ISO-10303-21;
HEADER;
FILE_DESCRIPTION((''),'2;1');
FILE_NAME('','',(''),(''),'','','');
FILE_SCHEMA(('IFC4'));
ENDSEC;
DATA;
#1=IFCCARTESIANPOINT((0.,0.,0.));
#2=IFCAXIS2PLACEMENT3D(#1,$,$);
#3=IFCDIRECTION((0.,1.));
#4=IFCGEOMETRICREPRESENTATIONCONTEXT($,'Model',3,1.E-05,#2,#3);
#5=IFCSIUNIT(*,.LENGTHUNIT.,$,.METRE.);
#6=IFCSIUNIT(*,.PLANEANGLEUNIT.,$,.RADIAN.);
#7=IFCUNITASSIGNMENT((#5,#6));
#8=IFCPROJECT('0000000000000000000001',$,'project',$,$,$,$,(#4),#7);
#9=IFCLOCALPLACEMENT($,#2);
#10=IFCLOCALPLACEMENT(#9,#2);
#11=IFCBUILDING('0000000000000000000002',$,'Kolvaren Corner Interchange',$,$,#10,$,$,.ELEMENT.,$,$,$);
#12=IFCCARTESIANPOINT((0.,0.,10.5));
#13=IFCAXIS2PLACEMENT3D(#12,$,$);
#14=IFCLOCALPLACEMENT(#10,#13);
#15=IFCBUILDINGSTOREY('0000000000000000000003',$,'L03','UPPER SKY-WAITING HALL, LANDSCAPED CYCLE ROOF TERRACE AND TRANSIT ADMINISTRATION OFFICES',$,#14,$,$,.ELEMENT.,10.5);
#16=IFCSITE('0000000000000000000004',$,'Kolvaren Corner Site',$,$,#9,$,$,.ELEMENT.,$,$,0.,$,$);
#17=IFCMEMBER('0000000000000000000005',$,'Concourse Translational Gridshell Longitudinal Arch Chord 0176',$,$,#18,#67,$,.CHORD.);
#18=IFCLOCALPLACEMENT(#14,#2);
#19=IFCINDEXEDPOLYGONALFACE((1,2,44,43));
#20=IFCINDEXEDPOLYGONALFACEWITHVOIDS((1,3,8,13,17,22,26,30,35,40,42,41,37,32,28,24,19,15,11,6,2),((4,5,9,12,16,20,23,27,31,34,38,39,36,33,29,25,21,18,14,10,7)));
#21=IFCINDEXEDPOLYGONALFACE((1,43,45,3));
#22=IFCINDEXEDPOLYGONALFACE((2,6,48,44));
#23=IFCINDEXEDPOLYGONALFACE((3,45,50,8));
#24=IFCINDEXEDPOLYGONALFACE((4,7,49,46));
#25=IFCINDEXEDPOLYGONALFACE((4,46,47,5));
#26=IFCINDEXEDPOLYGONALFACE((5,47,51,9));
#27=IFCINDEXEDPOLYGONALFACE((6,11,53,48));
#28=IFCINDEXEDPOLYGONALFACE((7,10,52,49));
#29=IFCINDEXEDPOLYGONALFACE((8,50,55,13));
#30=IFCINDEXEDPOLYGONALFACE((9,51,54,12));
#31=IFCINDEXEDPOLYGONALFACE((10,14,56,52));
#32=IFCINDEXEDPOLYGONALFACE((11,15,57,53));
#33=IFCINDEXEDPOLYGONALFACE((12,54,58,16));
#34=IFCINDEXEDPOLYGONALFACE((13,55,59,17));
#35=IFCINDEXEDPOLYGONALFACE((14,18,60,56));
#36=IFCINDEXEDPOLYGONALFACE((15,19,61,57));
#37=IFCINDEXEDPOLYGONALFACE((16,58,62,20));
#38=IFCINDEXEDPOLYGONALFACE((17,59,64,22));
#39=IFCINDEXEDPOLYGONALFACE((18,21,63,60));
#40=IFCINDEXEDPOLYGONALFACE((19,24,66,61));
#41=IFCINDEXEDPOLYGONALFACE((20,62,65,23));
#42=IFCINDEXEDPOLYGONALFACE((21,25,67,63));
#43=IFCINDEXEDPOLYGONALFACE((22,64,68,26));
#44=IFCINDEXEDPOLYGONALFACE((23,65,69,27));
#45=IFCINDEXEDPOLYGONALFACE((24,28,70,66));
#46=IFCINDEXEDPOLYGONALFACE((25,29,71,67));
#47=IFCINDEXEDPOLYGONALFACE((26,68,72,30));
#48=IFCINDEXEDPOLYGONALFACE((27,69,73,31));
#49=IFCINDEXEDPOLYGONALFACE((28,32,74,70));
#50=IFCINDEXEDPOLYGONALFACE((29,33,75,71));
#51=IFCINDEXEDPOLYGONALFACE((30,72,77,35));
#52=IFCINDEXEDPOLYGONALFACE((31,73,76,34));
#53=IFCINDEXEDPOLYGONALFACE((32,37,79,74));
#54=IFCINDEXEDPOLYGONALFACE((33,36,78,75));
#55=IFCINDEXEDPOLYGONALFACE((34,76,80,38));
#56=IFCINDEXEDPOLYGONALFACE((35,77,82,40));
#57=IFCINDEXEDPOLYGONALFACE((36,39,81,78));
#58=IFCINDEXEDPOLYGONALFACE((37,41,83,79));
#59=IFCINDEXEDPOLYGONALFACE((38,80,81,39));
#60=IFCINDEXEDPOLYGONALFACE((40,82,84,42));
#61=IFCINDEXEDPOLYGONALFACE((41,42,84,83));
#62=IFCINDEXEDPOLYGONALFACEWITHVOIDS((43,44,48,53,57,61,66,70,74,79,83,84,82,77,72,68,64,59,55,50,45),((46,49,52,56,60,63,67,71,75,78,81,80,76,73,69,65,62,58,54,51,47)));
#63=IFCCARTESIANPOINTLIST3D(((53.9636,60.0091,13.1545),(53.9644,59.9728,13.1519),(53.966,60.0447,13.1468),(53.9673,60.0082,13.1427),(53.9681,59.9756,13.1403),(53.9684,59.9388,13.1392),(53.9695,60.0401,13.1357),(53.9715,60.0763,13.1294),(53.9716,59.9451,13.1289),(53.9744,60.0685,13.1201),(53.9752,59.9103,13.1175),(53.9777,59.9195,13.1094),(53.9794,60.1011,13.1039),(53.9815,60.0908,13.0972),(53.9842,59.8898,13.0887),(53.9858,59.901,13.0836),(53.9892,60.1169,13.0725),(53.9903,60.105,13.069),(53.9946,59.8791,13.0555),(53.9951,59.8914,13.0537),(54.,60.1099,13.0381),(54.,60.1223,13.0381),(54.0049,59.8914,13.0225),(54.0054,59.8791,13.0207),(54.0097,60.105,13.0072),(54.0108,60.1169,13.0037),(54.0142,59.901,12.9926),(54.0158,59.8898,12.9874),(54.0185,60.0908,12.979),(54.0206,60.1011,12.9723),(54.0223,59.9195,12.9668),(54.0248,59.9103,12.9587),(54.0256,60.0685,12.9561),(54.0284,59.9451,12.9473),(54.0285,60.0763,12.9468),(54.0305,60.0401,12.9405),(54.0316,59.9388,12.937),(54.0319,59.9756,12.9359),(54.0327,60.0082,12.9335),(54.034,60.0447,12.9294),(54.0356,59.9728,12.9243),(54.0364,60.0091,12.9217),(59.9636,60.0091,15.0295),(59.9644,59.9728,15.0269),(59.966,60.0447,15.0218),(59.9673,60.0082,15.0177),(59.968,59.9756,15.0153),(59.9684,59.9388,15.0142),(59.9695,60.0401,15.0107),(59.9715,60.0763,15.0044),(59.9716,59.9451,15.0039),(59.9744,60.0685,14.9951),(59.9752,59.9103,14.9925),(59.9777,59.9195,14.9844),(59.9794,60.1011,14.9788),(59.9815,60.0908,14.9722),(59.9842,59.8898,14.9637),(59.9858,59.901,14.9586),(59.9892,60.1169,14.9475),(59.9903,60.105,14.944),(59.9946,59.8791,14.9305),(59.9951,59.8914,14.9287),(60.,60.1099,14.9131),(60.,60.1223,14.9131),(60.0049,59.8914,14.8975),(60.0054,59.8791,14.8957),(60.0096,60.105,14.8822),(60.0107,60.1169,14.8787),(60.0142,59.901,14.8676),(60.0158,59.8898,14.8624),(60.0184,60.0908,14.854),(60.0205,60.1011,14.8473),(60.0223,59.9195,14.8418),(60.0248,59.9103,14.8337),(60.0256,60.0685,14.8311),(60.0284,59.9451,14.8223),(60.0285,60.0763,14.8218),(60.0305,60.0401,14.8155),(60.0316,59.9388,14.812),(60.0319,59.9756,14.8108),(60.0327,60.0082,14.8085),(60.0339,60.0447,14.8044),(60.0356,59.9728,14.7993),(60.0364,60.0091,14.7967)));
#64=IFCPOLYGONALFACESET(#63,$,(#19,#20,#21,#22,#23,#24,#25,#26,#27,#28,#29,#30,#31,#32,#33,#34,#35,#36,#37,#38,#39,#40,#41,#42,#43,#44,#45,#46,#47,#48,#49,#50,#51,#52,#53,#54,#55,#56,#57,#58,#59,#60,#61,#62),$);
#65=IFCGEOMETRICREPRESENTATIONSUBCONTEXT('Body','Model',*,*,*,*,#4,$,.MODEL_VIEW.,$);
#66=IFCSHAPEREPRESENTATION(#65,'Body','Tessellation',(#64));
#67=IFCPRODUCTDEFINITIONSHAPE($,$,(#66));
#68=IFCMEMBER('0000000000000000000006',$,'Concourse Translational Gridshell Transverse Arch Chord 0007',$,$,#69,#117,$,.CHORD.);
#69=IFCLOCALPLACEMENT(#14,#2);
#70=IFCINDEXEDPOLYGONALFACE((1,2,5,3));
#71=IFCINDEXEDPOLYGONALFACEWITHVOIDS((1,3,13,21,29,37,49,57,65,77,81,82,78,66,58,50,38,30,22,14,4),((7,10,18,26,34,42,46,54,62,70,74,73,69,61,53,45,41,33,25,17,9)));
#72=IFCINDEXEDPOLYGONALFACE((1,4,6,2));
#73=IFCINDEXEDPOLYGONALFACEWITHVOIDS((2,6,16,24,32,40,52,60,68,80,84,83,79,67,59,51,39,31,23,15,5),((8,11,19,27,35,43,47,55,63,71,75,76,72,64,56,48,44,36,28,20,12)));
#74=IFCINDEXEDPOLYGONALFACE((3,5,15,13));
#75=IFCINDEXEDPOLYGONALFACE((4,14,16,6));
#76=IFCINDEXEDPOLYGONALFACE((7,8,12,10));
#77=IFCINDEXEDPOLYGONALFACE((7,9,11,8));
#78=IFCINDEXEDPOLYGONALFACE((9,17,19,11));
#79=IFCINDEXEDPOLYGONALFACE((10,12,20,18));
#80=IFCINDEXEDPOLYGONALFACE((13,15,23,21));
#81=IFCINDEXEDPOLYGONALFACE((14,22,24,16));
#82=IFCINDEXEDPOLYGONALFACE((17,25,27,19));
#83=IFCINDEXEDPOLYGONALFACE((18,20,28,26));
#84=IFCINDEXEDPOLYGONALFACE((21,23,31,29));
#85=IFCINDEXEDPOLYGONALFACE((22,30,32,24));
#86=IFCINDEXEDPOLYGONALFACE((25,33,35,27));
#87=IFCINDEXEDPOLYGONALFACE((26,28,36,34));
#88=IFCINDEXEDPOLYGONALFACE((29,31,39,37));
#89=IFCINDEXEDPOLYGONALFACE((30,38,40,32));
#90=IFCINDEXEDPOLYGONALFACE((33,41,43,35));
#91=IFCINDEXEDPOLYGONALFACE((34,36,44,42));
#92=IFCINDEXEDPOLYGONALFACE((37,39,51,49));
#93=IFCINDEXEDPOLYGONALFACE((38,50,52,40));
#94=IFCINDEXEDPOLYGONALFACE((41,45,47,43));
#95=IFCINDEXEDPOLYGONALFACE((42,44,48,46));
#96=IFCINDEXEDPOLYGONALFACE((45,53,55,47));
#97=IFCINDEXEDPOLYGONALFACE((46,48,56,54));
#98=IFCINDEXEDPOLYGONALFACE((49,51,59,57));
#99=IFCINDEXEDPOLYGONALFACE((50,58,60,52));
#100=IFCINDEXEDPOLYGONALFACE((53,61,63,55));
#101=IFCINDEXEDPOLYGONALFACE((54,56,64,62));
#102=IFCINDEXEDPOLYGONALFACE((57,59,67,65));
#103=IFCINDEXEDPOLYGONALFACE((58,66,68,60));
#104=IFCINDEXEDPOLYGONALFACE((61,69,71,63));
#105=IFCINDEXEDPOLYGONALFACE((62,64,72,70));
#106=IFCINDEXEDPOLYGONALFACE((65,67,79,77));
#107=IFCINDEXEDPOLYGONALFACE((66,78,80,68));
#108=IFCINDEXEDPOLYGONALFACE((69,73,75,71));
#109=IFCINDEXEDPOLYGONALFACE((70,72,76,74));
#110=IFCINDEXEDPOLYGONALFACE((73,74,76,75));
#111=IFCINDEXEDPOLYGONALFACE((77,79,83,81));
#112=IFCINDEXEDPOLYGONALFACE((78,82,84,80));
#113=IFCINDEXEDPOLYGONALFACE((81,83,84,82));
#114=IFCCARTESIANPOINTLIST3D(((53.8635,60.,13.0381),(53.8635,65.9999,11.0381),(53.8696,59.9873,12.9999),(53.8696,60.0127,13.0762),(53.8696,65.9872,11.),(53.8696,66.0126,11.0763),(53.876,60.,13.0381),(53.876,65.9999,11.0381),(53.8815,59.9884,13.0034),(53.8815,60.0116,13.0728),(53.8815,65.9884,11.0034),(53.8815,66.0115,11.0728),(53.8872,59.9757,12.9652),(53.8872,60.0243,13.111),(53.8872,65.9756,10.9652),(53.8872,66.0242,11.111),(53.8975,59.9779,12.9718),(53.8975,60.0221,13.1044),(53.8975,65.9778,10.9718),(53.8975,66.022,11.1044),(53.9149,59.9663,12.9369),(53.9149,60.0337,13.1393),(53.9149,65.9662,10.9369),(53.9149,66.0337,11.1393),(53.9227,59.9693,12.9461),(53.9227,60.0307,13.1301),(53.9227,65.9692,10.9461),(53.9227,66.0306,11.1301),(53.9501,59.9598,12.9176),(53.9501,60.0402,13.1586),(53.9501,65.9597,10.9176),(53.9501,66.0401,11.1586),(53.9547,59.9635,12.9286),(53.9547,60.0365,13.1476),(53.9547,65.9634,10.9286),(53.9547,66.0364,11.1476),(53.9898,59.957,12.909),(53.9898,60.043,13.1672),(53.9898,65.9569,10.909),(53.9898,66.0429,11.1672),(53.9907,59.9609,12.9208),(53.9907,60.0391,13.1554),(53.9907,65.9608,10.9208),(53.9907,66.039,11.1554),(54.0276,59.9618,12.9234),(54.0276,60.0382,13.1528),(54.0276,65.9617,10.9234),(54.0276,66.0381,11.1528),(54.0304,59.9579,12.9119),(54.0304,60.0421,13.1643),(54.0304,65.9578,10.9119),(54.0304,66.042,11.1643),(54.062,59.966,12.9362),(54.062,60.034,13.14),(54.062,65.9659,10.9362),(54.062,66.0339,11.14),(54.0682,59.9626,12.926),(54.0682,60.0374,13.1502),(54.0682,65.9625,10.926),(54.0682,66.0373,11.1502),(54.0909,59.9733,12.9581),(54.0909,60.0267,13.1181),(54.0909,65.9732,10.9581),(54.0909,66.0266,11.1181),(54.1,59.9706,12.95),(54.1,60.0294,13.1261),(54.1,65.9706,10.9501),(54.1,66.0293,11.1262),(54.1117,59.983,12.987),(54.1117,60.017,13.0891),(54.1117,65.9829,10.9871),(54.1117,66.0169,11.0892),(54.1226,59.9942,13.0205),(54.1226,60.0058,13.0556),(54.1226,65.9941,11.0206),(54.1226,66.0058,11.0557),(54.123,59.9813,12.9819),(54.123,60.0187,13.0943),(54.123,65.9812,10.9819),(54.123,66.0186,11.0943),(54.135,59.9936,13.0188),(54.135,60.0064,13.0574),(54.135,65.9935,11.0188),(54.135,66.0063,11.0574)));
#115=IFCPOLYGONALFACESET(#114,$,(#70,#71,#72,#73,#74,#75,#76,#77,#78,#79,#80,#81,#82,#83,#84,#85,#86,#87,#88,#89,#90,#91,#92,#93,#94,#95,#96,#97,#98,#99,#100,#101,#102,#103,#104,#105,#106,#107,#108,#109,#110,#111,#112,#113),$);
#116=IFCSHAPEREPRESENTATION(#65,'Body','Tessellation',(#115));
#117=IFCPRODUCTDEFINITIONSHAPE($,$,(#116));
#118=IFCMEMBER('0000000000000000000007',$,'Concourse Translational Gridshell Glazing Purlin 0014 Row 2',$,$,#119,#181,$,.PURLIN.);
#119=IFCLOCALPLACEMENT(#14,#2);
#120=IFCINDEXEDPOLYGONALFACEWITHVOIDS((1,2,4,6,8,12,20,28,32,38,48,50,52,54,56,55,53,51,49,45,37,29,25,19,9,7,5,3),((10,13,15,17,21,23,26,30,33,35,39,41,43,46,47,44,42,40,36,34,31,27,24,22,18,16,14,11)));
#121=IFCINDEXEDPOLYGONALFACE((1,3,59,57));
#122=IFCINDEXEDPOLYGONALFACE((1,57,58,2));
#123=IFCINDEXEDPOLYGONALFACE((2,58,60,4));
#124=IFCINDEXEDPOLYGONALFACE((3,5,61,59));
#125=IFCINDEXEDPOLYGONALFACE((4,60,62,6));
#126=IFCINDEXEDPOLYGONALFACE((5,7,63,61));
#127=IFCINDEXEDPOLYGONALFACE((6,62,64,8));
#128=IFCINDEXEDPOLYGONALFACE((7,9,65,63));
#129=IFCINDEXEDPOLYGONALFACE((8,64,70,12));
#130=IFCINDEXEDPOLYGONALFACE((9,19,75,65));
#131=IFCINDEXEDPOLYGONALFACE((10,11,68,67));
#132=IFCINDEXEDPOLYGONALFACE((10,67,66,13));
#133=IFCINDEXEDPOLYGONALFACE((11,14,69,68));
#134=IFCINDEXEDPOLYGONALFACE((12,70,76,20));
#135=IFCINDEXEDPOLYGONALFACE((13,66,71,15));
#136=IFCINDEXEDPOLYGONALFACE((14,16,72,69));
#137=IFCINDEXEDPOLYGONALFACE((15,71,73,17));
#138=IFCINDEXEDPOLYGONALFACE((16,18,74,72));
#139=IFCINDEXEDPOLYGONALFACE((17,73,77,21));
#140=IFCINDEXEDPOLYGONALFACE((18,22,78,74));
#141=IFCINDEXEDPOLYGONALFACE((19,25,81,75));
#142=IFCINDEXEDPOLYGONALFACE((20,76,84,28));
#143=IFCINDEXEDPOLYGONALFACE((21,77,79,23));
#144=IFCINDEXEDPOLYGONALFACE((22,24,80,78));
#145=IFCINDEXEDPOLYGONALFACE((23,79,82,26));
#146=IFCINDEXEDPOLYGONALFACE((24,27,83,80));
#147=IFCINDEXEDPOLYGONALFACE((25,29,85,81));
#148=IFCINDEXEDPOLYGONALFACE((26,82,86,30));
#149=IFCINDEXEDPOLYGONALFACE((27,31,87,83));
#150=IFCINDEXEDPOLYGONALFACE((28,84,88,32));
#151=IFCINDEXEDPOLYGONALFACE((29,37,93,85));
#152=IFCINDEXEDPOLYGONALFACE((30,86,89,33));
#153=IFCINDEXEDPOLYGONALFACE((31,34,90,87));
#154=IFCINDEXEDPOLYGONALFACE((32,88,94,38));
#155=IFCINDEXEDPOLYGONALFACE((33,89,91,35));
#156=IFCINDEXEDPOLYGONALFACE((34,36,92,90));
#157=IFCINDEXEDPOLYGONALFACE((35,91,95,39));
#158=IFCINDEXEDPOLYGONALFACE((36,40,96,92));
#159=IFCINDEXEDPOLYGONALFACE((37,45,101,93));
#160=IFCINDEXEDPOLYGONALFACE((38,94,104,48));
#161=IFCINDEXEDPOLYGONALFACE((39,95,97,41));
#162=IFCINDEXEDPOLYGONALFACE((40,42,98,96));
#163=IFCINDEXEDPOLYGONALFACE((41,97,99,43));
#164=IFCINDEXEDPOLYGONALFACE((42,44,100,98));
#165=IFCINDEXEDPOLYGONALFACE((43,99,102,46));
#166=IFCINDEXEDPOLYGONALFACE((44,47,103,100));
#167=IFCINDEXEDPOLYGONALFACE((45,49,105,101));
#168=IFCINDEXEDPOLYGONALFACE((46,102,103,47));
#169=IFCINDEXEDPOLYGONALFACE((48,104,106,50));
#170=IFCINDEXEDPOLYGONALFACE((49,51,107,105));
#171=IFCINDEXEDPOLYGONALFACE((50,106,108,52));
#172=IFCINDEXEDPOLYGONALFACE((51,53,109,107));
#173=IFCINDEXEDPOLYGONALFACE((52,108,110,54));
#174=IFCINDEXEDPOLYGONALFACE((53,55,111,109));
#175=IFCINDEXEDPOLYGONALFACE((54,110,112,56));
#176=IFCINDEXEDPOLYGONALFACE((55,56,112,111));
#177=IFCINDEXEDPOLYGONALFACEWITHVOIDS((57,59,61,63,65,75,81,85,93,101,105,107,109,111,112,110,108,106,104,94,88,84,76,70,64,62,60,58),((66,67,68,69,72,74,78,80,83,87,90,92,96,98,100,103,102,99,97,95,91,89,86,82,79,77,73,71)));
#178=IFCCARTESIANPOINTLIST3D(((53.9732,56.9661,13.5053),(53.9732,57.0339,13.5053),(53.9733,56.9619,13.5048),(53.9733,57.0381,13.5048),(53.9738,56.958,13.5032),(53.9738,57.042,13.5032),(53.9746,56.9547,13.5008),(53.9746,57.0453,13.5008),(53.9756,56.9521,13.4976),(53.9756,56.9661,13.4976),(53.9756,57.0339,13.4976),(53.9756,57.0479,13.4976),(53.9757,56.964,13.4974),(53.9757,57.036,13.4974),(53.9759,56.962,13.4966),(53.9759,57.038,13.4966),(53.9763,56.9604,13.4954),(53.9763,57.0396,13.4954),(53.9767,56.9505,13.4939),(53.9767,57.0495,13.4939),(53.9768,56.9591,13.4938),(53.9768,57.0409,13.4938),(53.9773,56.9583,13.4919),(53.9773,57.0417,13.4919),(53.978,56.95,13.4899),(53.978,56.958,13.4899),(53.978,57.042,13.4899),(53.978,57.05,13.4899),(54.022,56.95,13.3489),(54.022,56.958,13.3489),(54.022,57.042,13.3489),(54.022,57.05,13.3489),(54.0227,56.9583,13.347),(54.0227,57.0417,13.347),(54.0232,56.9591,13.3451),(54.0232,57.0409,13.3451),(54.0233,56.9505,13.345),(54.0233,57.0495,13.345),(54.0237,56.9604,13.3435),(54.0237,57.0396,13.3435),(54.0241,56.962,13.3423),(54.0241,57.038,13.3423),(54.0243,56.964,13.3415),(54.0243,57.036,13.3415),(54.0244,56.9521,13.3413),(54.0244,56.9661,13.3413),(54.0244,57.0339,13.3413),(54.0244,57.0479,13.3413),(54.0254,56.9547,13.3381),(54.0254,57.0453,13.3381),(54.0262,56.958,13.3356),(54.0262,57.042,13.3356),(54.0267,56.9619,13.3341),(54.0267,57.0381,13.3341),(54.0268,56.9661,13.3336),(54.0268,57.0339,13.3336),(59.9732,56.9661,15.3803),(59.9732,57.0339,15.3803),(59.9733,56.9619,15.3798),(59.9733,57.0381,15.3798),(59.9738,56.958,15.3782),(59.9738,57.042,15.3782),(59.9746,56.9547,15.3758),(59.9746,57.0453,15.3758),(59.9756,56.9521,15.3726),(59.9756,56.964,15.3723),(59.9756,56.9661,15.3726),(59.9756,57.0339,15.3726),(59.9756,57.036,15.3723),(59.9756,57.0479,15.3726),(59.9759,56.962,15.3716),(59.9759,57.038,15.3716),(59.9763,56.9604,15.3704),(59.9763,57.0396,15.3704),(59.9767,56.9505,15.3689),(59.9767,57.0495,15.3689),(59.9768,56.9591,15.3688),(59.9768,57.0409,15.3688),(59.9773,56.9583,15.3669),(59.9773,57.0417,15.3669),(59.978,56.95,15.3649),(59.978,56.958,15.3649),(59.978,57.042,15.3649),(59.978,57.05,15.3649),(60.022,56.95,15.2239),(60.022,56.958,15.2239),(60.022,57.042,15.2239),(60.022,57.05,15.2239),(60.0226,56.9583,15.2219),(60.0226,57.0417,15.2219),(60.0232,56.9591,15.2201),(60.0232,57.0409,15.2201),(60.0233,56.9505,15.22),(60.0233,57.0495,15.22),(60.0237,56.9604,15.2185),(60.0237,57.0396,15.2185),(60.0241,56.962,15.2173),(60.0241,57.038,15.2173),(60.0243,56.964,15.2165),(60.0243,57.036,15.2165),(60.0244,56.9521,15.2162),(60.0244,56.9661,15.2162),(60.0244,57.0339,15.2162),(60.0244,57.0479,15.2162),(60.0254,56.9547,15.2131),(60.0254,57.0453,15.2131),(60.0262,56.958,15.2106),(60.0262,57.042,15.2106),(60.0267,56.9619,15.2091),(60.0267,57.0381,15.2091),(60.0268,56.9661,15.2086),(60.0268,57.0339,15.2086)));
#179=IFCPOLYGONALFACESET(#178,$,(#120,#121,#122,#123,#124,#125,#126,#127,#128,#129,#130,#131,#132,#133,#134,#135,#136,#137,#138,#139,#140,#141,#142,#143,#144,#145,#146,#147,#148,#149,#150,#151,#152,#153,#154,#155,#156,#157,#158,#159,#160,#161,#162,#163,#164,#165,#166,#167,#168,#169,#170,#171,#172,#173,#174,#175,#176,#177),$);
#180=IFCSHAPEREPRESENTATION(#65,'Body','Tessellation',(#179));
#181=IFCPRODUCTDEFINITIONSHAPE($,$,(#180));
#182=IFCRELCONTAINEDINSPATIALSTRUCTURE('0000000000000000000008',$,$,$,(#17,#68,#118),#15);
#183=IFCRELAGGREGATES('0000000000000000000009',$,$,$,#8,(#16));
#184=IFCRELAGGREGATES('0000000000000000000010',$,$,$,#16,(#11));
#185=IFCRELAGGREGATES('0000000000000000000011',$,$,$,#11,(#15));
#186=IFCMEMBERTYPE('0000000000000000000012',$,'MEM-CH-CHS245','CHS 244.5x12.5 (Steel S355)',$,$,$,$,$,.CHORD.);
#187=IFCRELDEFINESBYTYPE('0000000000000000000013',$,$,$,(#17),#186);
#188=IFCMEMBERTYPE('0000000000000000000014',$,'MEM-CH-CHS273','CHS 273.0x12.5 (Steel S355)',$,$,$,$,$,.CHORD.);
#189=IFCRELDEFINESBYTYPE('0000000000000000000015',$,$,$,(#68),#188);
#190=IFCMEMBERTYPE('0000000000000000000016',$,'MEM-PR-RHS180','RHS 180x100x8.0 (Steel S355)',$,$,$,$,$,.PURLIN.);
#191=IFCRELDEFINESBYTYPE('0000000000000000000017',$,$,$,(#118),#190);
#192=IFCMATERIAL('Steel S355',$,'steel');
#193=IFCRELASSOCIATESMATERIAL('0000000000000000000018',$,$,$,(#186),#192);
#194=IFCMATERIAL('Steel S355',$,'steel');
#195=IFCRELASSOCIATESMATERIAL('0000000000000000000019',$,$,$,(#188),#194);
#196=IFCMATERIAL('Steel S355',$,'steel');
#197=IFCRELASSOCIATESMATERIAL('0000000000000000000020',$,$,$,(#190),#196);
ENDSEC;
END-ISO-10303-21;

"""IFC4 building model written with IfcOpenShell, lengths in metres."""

from ifc_helpers import new_model, si_unit, direction, frame, origin, origin_2d, place, context, subcontext, project, spatial, hollow_rectangle, hollow_circle, extrude, material, material_profile, profile_set, type_object, element, save


model = new_model("IFC4")

# Units and contexts
model_context = context("Model", 3, precision=1e-05, world=origin(), true_north=direction((0.0, 1.0)))
body_context = subcontext(model_context, "Body", "Model", "MODEL_VIEW")
ifc_project = project(units=[si_unit("LENGTHUNIT", "METRE"), si_unit("PLANEANGLEUNIT", "RADIAN")], contexts=[model_context])

# Site, building, storey
site_placement = place(None, origin())
site = spatial("IfcSite", under=ifc_project, at=site_placement, Name="Kolvaren Corner Site", CompositionType="ELEMENT", RefElevation=0.0)
building_placement = place(site_placement, origin())
building = spatial("IfcBuilding", under=site, at=building_placement, Name="Kolvaren Corner Interchange", CompositionType="ELEMENT")
storey_placement = place(building_placement, frame((0.0, 0.0, 10.5)))
storey = spatial("IfcBuildingStorey", under=building, at=storey_placement, Name="L03", Description="UPPER SKY-WAITING HALL, LANDSCAPED CYCLE ROOF TERRACE AND TRANSIT ADMINISTRATION OFFICES", CompositionType="ELEMENT", Elevation=10.5)

# Members
ifc_material_1 = material(Name="Steel S355", Category="steel")
ifc_material_profile_1 = material_profile(ifc_material_1, hollow_circle(Radius=0.1223, WallThickness=0.0125, at=origin_2d()), Name="CHS 244.5x12.5")
ifc_profile_set_1 = profile_set([ifc_material_profile_1], Name="Steel S355")
member_type_1 = type_object("IfcMemberType", Name="MEM-CH-CHS245", Description="CHS 244.5x12.5 (Steel S355)", PredefinedType="CHORD", material=ifc_profile_set_1)
member_1_placement = place(storey_placement, frame((54.0, 60.0, 13.0381), z_axis=(0.95448, 0.0, 0.298275), x_axis=(0.0, 1.0, 0.0)))
element("IfcMember", 1, at=member_1_placement, inside=storey, type_object=member_type_1, Name="Concourse Translational Gridshell Longitudinal Arch Chord 0176", PredefinedType="CHORD", context=body_context, shape_type="SweptSolid", body=[
    extrude(hollow_circle(Radius=0.1223, WallThickness=0.0125, at=origin_2d()), origin(), (0.0, 0.0, 1.0), 6.2861),
])
ifc_material_2 = material(Name="Steel S355", Category="steel")
ifc_material_profile_2 = material_profile(ifc_material_2, hollow_circle(Radius=0.1365, WallThickness=0.0125, at=origin_2d()), Name="CHS 273.0x12.5")
ifc_profile_set_2 = profile_set([ifc_material_profile_2], Name="Steel S355")
member_type_2 = type_object("IfcMemberType", Name="MEM-CH-CHS273", Description="CHS 273.0x12.5 (Steel S355)", PredefinedType="CHORD", material=ifc_profile_set_2)
member_2_placement = place(storey_placement, frame((54.0, 60.0, 13.0381), z_axis=(0.0, 0.948683, -0.316228), x_axis=(-1.0, 0.0, 0.0)))
element("IfcMember", 2, at=member_2_placement, inside=storey, type_object=member_type_2, Name="Concourse Translational Gridshell Transverse Arch Chord 0007", PredefinedType="CHORD", context=body_context, shape_type="SweptSolid", body=[
    extrude(hollow_circle(Radius=0.1365, WallThickness=0.0125, at=origin_2d()), origin(), (0.0, 0.0, 1.0), 6.3245),
])
ifc_material_3 = material(Name="Steel S355", Category="steel")
ifc_material_profile_3 = material_profile(ifc_material_3, hollow_rectangle(XDim=0.1001, YDim=0.1799, WallThickness=0.0081, InnerFilletRadius=0.0081, OuterFilletRadius=0.0161, at=origin_2d()), Name="RHS 180x100x8.0")
ifc_profile_set_3 = profile_set([ifc_material_profile_3], Name="Steel S355")
member_type_3 = type_object("IfcMemberType", Name="MEM-PR-RHS180", Description="RHS 180x100x8.0 (Steel S355)", PredefinedType="PURLIN", material=ifc_profile_set_3)
for number, where, z_axis, x_axis, name in (
    (3, (54.0, 57.0, 13.4194), (0.95448, 0.0, 0.298275), (0.0, 1.0, 0.0), "Concourse Translational Gridshell Glazing Purlin 0014 Row 2"),
):
    element("IfcMember", number, at=place(storey_placement, frame(where, z_axis=z_axis, x_axis=x_axis)), inside=storey, type_object=member_type_3, Name=name, PredefinedType="PURLIN", context=body_context, shape_type="SweptSolid", body=[
        extrude(hollow_rectangle(XDim=0.1001, YDim=0.1799, WallThickness=0.0081, InnerFilletRadius=0.0081, OuterFilletRadius=0.0161, at=origin_2d()), origin(), (0.0, 0.0, 1.0), 6.2861),
    ])

save(model, "model.ifc")
